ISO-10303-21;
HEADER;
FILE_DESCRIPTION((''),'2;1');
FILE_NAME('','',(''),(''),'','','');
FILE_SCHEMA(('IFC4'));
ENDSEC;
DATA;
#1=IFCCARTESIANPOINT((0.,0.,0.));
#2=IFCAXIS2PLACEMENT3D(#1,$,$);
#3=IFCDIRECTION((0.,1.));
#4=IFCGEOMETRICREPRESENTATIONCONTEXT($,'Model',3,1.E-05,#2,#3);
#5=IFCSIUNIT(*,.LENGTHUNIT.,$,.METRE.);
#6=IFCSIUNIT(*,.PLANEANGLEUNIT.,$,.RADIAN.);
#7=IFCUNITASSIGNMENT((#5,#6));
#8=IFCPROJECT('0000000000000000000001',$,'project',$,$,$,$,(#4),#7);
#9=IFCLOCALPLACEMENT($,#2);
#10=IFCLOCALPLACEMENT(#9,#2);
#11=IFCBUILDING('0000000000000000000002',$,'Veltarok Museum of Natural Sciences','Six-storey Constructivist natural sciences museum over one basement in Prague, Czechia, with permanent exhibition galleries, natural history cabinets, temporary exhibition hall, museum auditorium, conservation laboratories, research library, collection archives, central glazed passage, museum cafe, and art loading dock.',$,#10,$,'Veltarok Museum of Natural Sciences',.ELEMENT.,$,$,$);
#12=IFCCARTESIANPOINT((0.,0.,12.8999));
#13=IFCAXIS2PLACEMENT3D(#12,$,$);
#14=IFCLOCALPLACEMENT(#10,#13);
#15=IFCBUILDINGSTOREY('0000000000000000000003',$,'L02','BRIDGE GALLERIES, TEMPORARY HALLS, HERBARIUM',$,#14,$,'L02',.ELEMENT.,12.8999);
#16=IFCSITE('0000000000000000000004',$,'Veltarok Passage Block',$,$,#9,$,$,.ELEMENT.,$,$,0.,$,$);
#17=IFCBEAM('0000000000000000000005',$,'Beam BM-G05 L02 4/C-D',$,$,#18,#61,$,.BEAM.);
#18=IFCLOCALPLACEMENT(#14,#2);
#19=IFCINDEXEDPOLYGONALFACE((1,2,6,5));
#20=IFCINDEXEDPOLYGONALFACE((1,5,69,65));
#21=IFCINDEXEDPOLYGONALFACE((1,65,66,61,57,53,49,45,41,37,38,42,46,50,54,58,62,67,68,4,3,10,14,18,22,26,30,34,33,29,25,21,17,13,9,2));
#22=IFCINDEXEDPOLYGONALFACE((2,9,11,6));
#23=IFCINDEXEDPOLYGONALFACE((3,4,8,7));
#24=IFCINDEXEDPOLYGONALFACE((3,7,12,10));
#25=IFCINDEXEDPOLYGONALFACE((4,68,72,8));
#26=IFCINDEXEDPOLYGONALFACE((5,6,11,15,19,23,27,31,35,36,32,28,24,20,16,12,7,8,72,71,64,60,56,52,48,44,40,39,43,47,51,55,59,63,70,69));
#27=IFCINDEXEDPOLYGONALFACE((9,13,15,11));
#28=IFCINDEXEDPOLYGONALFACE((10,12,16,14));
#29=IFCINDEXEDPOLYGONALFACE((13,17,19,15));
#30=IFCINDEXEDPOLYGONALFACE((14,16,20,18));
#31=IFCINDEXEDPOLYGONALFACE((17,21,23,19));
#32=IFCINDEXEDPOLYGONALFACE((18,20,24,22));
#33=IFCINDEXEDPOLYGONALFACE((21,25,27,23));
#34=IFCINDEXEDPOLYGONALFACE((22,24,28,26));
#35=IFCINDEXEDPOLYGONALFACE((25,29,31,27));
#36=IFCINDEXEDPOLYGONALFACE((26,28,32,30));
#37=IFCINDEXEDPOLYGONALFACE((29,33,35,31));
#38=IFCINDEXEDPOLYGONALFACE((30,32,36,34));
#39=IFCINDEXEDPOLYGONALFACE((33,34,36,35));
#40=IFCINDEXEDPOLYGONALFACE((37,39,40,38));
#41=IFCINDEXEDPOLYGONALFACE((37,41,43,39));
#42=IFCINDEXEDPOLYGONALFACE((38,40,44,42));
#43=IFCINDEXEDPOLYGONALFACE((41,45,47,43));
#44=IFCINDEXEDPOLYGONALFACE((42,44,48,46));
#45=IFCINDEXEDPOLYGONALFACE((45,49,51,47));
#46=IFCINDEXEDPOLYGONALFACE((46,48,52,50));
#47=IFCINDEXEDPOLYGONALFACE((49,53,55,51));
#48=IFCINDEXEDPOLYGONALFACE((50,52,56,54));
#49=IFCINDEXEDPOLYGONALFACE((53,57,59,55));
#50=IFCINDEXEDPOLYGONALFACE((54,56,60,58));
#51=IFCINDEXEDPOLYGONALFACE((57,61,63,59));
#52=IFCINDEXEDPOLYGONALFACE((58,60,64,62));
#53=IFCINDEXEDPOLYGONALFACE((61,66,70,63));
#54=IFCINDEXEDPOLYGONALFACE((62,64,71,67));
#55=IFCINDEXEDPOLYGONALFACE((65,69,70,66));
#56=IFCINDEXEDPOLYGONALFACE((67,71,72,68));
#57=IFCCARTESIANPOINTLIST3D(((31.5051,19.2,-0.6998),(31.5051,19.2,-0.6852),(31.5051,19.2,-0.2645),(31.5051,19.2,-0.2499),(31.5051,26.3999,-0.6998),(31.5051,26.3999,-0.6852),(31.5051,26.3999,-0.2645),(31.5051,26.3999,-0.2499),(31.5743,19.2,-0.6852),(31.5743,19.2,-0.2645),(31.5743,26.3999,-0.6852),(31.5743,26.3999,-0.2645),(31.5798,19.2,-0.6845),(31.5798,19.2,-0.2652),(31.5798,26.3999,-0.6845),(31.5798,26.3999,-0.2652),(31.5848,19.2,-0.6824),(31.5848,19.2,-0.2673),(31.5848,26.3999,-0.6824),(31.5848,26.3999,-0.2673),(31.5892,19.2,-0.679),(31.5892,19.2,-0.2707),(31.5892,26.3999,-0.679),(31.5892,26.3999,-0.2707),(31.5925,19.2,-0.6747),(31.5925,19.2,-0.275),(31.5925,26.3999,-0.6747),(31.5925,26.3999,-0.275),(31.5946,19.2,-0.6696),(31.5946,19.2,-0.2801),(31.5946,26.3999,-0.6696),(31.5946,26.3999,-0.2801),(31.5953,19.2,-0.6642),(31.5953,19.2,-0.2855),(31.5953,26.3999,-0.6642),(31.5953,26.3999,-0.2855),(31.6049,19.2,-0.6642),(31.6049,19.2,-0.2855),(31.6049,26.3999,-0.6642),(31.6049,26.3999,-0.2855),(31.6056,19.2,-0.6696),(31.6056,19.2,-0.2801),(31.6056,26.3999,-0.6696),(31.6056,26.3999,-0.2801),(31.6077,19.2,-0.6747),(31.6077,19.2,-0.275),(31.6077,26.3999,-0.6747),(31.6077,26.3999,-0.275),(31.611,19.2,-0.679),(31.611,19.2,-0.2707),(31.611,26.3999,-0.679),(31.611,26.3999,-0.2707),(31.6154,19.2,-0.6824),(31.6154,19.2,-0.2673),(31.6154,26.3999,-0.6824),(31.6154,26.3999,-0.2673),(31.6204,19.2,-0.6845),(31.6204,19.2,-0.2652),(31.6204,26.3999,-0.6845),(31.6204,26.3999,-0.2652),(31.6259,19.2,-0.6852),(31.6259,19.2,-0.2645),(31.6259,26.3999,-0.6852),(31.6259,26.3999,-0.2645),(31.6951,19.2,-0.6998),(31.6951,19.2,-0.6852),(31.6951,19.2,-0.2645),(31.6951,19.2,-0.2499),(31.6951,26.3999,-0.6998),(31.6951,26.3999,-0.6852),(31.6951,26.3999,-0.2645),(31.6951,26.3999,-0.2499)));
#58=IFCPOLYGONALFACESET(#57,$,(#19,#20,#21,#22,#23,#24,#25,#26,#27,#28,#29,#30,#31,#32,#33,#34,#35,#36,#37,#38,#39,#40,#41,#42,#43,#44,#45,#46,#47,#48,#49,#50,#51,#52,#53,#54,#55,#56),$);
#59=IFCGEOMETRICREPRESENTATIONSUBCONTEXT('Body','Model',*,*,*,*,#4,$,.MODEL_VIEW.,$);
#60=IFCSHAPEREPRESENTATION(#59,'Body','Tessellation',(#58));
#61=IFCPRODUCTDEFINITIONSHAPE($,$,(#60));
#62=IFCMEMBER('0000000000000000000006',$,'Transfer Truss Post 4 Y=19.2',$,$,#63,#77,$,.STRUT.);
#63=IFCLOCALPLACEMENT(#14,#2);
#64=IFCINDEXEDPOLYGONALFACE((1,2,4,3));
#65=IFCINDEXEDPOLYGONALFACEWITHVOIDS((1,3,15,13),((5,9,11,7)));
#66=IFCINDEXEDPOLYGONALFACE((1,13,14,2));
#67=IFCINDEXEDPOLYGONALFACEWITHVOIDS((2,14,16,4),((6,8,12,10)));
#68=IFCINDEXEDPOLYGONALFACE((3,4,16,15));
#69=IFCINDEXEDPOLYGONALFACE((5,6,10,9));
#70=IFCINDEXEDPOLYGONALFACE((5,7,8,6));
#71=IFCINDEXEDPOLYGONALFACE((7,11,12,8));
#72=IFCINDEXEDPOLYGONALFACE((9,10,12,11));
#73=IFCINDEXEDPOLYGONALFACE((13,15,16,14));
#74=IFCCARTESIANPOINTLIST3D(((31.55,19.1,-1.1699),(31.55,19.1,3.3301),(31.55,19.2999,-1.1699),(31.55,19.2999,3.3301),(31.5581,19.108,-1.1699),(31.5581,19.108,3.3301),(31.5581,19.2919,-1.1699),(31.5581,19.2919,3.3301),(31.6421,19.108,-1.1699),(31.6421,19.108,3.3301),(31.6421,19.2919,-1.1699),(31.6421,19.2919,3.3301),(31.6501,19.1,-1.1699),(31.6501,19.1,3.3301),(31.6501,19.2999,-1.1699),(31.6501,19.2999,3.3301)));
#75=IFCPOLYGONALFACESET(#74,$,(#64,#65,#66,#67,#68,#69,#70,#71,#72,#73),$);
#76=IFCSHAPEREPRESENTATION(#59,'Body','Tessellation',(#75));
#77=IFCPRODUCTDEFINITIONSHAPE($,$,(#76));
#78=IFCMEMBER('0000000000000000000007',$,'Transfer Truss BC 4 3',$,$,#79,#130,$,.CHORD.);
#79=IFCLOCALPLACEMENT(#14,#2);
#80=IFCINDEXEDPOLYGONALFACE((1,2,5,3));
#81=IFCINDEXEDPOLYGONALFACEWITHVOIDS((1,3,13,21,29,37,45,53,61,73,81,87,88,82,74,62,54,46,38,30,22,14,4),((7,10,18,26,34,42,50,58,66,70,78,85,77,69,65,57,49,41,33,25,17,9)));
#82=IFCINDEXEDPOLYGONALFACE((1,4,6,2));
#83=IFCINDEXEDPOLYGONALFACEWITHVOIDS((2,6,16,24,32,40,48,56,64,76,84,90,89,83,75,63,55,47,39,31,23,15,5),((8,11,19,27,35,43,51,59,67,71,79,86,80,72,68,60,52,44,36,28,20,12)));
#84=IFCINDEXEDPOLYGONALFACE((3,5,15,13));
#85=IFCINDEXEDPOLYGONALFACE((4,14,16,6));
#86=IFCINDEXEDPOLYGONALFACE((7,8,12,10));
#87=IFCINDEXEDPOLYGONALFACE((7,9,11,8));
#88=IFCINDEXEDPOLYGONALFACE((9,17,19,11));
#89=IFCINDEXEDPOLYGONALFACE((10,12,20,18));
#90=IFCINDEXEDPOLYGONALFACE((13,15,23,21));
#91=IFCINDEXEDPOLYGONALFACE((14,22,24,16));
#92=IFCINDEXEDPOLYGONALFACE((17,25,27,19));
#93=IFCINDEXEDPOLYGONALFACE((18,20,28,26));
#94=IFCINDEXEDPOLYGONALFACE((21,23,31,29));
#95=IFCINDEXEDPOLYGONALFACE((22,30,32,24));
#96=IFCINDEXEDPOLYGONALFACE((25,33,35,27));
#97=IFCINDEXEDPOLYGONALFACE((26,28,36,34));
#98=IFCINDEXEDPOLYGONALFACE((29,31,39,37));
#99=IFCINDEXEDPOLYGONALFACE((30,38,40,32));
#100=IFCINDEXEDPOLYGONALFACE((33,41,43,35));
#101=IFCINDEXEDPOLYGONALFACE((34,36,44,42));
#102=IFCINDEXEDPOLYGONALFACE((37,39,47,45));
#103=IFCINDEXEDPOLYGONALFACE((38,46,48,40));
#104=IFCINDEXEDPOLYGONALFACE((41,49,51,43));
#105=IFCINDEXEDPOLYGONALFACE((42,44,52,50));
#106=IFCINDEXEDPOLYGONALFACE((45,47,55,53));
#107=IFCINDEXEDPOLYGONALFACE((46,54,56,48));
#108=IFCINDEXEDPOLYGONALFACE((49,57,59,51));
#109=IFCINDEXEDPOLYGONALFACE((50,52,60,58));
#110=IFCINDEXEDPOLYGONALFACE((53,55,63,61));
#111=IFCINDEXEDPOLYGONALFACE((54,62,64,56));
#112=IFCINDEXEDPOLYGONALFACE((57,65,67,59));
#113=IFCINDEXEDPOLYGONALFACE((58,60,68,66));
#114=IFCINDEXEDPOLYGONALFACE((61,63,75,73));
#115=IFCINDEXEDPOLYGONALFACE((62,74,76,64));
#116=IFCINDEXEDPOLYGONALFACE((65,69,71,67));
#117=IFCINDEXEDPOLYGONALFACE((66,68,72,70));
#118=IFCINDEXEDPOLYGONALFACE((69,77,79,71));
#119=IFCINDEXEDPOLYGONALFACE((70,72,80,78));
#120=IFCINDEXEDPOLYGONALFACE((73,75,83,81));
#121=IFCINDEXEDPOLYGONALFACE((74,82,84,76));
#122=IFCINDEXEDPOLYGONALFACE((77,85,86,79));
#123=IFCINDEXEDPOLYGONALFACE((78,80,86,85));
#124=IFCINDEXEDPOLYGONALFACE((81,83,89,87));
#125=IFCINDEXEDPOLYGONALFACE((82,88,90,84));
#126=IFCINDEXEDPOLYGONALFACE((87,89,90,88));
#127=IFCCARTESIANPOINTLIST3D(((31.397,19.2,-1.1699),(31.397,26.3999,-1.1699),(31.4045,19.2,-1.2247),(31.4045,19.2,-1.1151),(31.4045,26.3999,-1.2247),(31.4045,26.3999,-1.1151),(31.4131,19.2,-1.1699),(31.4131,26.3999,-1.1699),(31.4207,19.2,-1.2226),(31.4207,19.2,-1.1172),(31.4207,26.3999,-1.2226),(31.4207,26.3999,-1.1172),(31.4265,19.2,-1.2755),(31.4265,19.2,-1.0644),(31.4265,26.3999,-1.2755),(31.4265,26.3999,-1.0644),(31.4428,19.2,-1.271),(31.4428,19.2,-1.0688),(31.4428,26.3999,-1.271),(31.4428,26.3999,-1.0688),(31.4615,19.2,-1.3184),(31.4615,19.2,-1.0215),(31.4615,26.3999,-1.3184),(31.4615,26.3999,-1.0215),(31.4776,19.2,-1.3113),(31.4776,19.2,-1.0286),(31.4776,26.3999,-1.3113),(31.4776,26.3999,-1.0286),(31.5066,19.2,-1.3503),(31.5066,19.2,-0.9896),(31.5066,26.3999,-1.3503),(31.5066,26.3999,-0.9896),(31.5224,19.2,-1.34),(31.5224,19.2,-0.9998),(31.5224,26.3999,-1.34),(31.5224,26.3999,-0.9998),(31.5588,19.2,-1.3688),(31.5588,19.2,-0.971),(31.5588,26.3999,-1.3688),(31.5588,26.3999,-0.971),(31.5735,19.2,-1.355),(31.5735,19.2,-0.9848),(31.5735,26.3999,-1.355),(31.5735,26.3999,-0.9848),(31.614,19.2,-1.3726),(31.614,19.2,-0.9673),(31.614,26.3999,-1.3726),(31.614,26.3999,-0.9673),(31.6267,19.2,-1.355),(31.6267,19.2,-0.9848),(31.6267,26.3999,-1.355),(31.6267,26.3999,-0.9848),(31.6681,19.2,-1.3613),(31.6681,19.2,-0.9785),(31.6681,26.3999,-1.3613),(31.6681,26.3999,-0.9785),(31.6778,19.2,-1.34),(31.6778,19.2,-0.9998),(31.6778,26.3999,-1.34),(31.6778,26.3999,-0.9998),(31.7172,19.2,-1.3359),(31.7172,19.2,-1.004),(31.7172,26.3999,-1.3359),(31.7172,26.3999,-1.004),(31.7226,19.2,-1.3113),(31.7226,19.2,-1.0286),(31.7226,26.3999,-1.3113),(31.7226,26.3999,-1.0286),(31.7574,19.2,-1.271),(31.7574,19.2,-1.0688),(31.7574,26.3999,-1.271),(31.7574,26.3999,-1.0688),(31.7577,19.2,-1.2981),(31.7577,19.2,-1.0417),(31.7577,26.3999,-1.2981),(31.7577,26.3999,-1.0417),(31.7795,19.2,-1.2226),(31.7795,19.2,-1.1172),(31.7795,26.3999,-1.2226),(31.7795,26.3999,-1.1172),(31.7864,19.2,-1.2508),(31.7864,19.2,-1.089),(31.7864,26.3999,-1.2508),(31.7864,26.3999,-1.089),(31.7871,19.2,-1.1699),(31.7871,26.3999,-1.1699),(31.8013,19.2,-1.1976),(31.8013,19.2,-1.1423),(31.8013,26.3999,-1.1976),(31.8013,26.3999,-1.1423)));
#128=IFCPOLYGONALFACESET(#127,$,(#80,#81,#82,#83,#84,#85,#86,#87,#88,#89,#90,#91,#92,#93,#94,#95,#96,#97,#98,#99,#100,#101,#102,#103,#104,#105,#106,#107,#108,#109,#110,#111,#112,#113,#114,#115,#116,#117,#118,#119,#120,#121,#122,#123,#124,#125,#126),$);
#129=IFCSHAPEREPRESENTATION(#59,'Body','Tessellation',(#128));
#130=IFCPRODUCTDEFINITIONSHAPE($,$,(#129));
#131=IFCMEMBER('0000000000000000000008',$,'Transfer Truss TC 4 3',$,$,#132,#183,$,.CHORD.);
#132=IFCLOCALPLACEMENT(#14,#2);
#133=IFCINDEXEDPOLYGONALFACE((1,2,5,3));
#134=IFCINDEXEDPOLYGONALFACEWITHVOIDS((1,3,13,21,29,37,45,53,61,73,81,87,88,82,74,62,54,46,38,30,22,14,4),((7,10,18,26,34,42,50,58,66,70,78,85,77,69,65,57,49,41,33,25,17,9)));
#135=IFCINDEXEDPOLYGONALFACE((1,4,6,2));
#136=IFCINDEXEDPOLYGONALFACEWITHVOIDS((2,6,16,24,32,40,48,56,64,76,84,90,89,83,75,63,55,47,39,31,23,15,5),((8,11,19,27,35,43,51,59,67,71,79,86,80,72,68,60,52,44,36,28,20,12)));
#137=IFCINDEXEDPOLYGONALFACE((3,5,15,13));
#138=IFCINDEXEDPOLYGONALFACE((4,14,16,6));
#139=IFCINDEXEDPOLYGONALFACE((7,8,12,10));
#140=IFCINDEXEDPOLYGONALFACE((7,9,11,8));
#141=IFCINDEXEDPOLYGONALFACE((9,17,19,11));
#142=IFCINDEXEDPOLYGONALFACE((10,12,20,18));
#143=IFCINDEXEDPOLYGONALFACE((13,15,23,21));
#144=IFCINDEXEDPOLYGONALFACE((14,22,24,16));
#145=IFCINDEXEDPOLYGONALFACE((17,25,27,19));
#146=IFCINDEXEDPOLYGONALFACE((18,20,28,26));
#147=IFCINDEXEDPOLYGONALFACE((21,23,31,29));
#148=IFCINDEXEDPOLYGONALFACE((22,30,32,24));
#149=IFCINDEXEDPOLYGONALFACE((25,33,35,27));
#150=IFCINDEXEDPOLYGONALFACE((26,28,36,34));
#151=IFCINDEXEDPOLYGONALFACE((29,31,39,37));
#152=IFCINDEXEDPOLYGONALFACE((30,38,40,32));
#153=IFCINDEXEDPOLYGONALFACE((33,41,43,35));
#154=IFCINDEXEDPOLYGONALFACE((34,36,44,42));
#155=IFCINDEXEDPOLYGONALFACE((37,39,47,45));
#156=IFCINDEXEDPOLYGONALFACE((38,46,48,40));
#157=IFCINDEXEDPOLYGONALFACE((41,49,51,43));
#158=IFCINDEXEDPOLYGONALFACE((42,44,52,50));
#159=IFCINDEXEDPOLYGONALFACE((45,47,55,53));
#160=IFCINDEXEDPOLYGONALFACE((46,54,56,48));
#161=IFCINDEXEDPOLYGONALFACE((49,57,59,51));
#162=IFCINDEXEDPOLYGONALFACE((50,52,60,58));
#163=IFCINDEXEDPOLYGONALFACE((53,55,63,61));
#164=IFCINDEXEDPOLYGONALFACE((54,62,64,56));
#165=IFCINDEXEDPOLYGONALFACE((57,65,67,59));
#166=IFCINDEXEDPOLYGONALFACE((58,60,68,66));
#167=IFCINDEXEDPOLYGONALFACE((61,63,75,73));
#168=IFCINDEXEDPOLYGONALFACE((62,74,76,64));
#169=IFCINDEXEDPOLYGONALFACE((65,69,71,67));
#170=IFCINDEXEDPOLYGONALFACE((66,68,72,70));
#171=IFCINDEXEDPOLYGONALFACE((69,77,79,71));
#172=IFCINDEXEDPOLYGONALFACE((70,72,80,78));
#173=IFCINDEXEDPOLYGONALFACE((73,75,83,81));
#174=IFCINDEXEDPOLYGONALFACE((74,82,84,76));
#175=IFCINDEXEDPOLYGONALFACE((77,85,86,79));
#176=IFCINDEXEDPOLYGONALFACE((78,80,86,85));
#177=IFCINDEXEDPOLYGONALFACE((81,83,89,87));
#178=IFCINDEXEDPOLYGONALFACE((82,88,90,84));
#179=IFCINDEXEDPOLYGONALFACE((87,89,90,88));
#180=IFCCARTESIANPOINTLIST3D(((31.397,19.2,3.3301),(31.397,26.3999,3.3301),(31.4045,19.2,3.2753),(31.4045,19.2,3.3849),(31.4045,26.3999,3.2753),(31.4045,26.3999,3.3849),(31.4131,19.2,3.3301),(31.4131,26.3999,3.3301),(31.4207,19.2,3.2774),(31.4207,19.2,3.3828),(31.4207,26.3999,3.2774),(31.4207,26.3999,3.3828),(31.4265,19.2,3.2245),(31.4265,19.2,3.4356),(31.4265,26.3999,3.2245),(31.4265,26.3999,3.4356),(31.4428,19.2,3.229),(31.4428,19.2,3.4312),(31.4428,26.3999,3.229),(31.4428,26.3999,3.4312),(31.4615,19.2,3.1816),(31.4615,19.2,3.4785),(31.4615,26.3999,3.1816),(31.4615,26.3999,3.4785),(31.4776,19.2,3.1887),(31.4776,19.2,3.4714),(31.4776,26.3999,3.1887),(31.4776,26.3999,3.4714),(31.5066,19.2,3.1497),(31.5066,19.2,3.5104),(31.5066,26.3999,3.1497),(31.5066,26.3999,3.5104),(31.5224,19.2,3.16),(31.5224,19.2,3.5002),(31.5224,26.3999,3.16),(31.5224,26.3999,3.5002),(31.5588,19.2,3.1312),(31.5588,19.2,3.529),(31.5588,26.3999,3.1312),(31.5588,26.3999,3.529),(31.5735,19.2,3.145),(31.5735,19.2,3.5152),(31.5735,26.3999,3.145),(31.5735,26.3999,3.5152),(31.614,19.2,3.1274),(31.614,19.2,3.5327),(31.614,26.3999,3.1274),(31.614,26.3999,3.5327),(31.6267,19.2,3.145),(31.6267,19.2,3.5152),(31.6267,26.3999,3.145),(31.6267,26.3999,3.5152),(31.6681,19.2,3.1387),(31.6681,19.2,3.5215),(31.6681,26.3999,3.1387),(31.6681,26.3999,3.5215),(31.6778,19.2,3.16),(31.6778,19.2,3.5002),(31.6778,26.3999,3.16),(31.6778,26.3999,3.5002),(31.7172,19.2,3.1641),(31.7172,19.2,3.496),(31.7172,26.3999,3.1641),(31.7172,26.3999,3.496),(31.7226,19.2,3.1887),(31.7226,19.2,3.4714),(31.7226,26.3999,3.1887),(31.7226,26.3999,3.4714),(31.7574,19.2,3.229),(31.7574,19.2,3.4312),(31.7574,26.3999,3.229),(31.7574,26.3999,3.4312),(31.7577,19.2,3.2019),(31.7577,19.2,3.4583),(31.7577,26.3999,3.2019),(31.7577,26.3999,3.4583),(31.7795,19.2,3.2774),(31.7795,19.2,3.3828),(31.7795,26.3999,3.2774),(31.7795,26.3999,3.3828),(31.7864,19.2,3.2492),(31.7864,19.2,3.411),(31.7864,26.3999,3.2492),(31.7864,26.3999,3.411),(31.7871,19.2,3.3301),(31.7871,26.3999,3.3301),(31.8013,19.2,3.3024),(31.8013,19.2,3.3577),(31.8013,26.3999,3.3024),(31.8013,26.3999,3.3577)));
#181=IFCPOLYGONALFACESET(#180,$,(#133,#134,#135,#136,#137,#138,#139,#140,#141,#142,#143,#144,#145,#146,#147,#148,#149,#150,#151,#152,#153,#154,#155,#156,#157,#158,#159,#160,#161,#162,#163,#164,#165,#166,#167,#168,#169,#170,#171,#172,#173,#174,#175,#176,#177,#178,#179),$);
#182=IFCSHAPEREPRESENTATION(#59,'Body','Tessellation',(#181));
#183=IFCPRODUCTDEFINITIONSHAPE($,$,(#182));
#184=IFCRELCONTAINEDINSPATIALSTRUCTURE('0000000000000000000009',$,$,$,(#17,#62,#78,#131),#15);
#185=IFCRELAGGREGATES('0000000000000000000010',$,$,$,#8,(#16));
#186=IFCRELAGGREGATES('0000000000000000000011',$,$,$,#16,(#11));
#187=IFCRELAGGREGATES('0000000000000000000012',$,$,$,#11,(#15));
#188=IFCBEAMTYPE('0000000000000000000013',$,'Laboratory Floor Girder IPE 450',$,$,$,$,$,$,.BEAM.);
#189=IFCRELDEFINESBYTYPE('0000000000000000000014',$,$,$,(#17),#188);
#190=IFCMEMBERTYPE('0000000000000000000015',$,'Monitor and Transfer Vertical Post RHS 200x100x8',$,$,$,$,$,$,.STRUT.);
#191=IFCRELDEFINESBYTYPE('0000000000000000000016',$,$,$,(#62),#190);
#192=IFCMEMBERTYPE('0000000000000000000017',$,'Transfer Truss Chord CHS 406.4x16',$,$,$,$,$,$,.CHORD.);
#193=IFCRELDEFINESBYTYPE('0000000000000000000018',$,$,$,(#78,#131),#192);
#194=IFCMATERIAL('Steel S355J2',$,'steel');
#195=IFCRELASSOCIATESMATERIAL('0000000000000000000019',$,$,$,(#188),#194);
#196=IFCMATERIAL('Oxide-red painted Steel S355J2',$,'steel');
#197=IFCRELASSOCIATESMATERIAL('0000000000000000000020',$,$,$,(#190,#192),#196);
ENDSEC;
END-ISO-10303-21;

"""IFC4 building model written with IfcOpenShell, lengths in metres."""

from ifc_helpers import new_model, si_unit, direction, frame, origin, origin_2d, place, context, subcontext, project, spatial, hollow_rectangle, hollow_circle, i_section, extrude, material, material_profile, profile_set, type_object, element, save


model = new_model("IFC4")

# Units and contexts
model_context = context("Model", 3, precision=1e-05, world=origin(), true_north=direction((0.0, 1.0)))
body_context = subcontext(model_context, "Body", "Model", "MODEL_VIEW")
ifc_project = project(units=[si_unit("LENGTHUNIT", "METRE"), si_unit("PLANEANGLEUNIT", "RADIAN")], contexts=[model_context])

# Site, building, storey
site_placement = place(None, origin())
site = spatial("IfcSite", under=ifc_project, at=site_placement, Name="Veltarok Passage Block", CompositionType="ELEMENT", RefElevation=0.0)
building_placement = place(site_placement, origin())
building = spatial("IfcBuilding", under=site, at=building_placement, Name="Veltarok Museum of Natural Sciences", Description="Six-storey Constructivist natural sciences museum over one basement in Prague, Czechia, with permanent exhibition galleries, natural history cabinets, temporary exhibition hall, museum auditorium, conservation laboratories, research library, collection archives, central glazed passage, museum cafe, and art loading dock.", LongName="Veltarok Museum of Natural Sciences", CompositionType="ELEMENT")
storey_placement = place(building_placement, frame((0.0, 0.0, 12.8999)))
storey = spatial("IfcBuildingStorey", under=building, at=storey_placement, Name="L02", Description="BRIDGE GALLERIES, TEMPORARY HALLS, HERBARIUM", LongName="L02", CompositionType="ELEMENT", Elevation=12.8999)

# Beam
ifc_material_1 = material(Name="Steel S355J2", Category="steel")
ifc_material_profile_1 = material_profile(ifc_material_1, i_section(OverallWidth=0.1899, OverallDepth=0.45, WebThickness=0.0095, FlangeThickness=0.0146, FilletRadius=0.021, at=origin_2d()), Name="IPE 450")
ifc_profile_set_1 = profile_set([ifc_material_profile_1], Name="Steel S355J2")
beam_type_1 = type_object("IfcBeamType", Name="Laboratory Floor Girder IPE 450", PredefinedType="BEAM", material=ifc_profile_set_1)
beam_1_placement = place(storey_placement, frame((31.6001, 19.2, -0.4749), z_axis=(0.0, 1.0, 0.0), x_axis=(-1.0, 0.0, 0.0)))
element("IfcBeam", 1, at=beam_1_placement, inside=storey, type_object=beam_type_1, Name="Beam BM-G05 L02 4/C-D", PredefinedType="BEAM", context=body_context, shape_type="SweptSolid", body=[
    extrude(i_section(OverallWidth=0.1899, OverallDepth=0.45, WebThickness=0.0095, FlangeThickness=0.0146, FilletRadius=0.021, at=origin_2d()), origin(), (0.0, 0.0, 1.0), 7.2),
])

# Members
ifc_material_2 = material(Name="Oxide-red painted Steel S355J2", Category="steel")
ifc_material_profile_2 = material_profile(ifc_material_2, hollow_rectangle(XDim=0.1001, YDim=0.2, WallThickness=0.0081, at=origin_2d()), Name="RHS 200x100x8")
ifc_profile_set_2 = profile_set([ifc_material_profile_2], Name="Oxide-red painted Steel S355J2")
member_type_1 = type_object("IfcMemberType", Name="Monitor and Transfer Vertical Post RHS 200x100x8", PredefinedType="STRUT", material=ifc_profile_set_2)
member_1_placement = place(storey_placement, frame((31.6001, 19.2, -1.1699), z_axis=(0.0, 0.0, 1.0), x_axis=(1.0, 0.0, 0.0)))
element("IfcMember", 2, at=member_1_placement, inside=storey, type_object=member_type_1, Name="Transfer Truss Post 4 Y=19.2", PredefinedType="STRUT", context=body_context, shape_type="SweptSolid", body=[
    extrude(hollow_rectangle(XDim=0.1001, YDim=0.2, WallThickness=0.0081, at=origin_2d()), origin(), (0.0, 0.0, 1.0), 4.5),
])
ifc_material_profile_3 = material_profile(ifc_material_2, hollow_circle(Radius=0.2031, WallThickness=0.0161, at=origin_2d()), Name="CHS 406.4x16")
ifc_profile_set_3 = profile_set([ifc_material_profile_3], Name="Oxide-red painted Steel S355J2")
member_type_2 = type_object("IfcMemberType", Name="Transfer Truss Chord CHS 406.4x16", PredefinedType="CHORD", material=ifc_profile_set_3)
for number, where, z_axis, x_axis, name in (
    (3, (31.6001, 19.2, -1.1699), (0.0, 1.0, 0.0), (-1.0, 0.0, 0.0), "Transfer Truss BC 4 3"),
    (4, (31.6001, 19.2, 3.3301), (0.0, 1.0, 0.0), (-1.0, 0.0, 0.0), "Transfer Truss TC 4 3"),
):
    element("IfcMember", number, at=place(storey_placement, frame(where, z_axis=z_axis, x_axis=x_axis)), inside=storey, type_object=member_type_2, Name=name, PredefinedType="CHORD", context=body_context, shape_type="SweptSolid", body=[
        extrude(hollow_circle(Radius=0.2031, WallThickness=0.0161, at=origin_2d()), origin(), (0.0, 0.0, 1.0), 7.2),
    ])

save(model, "model.ifc")
